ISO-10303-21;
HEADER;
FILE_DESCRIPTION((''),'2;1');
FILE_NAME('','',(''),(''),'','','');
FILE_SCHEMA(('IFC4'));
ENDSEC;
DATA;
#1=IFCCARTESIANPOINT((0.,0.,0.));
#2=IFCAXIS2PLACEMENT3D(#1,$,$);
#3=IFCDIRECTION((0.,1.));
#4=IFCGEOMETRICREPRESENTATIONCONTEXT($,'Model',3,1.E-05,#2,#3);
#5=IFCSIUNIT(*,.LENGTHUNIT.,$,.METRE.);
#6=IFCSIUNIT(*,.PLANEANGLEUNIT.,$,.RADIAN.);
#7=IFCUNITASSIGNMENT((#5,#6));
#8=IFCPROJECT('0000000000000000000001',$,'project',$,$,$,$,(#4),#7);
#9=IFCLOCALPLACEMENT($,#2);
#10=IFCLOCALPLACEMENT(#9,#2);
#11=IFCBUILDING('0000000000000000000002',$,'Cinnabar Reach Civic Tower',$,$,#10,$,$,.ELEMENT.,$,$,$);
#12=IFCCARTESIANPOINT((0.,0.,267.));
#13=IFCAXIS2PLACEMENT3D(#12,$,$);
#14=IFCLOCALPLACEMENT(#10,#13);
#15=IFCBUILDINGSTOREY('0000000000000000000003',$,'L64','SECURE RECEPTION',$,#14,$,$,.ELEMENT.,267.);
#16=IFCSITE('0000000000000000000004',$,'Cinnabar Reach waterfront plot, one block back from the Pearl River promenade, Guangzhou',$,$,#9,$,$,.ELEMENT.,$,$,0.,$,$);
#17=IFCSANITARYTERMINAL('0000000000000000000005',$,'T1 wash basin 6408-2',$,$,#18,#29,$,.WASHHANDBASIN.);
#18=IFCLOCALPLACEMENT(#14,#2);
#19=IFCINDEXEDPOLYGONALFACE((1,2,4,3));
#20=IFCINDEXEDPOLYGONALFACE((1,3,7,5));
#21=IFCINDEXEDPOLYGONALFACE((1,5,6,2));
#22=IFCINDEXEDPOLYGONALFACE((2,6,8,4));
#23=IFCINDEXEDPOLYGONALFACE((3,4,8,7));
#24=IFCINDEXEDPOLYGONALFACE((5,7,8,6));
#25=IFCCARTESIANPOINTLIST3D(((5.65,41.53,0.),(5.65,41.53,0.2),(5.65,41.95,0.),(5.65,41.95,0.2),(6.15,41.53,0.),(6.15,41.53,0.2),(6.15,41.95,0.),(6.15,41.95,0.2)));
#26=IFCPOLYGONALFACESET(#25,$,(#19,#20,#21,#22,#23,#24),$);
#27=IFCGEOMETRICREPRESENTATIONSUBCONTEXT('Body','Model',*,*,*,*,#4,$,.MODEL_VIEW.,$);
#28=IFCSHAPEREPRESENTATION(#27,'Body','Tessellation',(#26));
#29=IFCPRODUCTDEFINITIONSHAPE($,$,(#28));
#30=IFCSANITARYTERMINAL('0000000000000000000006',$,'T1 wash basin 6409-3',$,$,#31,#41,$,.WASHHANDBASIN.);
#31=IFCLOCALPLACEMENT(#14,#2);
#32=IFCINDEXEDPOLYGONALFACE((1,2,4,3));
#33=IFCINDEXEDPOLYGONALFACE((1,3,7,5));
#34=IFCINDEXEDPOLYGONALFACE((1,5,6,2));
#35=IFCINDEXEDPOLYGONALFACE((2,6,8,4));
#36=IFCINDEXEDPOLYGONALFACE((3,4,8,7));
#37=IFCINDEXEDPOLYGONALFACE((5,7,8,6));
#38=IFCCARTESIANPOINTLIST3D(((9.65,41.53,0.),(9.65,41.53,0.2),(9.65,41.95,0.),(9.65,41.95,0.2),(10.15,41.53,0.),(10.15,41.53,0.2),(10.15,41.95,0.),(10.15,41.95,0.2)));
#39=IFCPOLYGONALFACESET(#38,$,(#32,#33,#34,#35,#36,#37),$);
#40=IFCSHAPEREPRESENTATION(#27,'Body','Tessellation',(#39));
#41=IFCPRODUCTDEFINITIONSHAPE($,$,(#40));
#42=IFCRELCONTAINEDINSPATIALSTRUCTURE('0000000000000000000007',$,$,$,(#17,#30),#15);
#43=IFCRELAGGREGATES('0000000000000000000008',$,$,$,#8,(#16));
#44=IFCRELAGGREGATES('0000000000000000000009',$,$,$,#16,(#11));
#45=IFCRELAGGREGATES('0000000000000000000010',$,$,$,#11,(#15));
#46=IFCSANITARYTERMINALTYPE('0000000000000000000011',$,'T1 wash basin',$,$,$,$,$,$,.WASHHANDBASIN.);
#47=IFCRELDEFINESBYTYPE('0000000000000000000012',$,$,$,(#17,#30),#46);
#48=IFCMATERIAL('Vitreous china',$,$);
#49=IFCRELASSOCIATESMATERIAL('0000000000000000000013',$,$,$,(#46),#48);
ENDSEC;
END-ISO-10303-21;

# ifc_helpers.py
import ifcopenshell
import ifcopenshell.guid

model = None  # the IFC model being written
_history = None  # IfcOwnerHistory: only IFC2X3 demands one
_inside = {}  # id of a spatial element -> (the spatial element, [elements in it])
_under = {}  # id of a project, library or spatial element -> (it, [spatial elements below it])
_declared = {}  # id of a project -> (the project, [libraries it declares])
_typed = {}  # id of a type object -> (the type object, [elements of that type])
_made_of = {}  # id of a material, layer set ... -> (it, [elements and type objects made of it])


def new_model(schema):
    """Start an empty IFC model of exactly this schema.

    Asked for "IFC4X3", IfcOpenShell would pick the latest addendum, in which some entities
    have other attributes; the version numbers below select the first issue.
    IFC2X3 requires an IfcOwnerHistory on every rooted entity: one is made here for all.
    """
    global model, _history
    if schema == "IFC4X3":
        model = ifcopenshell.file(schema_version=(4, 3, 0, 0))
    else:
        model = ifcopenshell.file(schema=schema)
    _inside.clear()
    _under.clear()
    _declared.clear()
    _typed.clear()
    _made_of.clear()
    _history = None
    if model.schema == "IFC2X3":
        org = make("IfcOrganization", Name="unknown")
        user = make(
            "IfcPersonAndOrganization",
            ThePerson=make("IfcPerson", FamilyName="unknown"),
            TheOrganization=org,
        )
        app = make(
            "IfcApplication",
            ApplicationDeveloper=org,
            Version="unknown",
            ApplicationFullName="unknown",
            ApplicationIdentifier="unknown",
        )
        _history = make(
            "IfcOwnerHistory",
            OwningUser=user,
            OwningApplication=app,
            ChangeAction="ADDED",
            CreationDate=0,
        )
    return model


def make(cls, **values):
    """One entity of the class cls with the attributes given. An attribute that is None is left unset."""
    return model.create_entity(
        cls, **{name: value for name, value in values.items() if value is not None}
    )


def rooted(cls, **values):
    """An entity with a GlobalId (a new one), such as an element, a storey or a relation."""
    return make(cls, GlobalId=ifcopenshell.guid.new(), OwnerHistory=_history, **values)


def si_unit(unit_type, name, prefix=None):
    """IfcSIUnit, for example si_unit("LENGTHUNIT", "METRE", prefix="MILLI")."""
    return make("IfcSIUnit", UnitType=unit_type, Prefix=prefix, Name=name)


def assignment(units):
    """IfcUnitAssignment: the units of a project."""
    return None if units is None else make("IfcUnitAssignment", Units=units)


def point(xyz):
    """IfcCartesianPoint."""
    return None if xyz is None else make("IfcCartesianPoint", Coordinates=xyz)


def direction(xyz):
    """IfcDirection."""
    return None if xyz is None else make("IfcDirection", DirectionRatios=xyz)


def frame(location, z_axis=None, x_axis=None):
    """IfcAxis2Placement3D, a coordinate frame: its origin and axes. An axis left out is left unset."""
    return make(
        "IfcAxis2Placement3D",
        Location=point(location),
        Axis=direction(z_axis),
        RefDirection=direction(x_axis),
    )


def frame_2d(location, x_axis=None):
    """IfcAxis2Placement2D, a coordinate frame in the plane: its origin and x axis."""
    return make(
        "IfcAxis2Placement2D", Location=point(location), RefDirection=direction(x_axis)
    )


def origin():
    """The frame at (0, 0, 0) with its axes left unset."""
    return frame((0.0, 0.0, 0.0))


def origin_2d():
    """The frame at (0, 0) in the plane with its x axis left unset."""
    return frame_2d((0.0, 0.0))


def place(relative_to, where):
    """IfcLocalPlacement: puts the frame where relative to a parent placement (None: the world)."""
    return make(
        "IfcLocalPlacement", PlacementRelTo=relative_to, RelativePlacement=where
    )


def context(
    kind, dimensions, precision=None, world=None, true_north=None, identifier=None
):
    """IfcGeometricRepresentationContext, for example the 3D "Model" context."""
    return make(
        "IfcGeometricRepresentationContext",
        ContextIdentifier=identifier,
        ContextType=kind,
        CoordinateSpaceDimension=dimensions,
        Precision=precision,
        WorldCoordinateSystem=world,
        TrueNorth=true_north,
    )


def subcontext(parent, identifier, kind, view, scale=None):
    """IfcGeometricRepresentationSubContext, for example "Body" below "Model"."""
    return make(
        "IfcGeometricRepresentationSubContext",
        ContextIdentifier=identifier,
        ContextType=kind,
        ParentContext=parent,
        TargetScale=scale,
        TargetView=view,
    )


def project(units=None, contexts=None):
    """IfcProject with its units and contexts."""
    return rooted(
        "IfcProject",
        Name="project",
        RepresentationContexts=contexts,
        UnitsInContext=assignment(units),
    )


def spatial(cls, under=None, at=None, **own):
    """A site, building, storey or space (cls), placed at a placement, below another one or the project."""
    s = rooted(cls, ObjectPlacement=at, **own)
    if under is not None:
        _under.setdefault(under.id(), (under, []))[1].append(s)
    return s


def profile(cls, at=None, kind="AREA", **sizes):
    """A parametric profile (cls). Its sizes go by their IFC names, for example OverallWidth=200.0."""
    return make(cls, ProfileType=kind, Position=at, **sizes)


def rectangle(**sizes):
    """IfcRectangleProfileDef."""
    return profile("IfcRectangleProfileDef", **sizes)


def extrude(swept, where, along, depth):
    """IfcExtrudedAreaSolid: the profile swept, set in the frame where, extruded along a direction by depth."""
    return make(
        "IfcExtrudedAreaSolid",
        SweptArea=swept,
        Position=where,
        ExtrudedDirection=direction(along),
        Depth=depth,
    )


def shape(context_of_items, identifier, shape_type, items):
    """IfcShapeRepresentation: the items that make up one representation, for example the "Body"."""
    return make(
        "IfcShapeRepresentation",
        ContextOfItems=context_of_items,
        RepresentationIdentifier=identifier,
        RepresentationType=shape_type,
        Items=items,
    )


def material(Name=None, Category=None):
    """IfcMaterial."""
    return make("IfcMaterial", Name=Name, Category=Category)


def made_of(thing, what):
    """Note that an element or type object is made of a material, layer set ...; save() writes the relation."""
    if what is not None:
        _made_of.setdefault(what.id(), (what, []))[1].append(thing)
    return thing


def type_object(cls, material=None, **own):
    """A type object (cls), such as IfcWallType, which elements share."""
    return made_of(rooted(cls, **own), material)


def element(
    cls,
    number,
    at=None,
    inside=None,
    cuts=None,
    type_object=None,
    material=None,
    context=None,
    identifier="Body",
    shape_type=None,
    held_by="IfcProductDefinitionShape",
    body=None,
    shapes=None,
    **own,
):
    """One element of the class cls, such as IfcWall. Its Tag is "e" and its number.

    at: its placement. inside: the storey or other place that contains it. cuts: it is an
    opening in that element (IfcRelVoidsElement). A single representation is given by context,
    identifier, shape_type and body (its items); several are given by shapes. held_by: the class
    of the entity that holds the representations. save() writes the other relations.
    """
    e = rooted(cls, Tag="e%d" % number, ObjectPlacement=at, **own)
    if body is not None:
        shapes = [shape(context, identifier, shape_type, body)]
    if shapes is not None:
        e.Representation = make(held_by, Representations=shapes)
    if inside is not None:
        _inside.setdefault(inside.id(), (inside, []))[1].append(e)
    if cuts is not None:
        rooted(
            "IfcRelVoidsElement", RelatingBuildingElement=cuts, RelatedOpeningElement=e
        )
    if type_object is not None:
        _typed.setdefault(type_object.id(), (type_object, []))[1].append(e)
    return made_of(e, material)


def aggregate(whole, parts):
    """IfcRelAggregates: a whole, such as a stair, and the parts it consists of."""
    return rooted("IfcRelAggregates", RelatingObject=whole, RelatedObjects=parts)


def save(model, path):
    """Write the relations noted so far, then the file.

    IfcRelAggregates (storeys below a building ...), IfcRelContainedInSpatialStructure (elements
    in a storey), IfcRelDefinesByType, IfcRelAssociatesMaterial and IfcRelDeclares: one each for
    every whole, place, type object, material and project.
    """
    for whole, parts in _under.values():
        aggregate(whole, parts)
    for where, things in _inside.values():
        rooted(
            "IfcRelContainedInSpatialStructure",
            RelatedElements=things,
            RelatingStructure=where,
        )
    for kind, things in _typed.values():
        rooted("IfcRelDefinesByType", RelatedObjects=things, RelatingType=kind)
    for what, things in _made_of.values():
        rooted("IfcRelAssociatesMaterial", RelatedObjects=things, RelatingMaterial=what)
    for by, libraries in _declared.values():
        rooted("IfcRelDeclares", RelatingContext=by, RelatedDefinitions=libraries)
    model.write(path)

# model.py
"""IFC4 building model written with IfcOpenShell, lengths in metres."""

from ifc_helpers import new_model, si_unit, direction, frame, origin, origin_2d, place, context, subcontext, project, spatial, rectangle, extrude, material, type_object, element, save


model = new_model("IFC4")

# Units and contexts
model_context = context("Model", 3, precision=1e-05, world=origin(), true_north=direction((0.0, 1.0)))
body_context = subcontext(model_context, "Body", "Model", "MODEL_VIEW")
ifc_project = project(units=[si_unit("LENGTHUNIT", "METRE"), si_unit("PLANEANGLEUNIT", "RADIAN")], contexts=[model_context])

# Site, building, storey
site_placement = place(None, origin())
site = spatial("IfcSite", under=ifc_project, at=site_placement, Name="Cinnabar Reach waterfront plot, one block back from the Pearl River promenade, Guangzhou", CompositionType="ELEMENT", RefElevation=0.0)
building_placement = place(site_placement, origin())
building = spatial("IfcBuilding", under=site, at=building_placement, Name="Cinnabar Reach Civic Tower", CompositionType="ELEMENT")
storey_placement = place(building_placement, frame((0.0, 0.0, 267.0)))
storey = spatial("IfcBuildingStorey", under=building, at=storey_placement, Name="L64", Description="SECURE RECEPTION", CompositionType="ELEMENT", Elevation=267.0)

# Sanitary terminals
ifc_material_1 = material(Name="Vitreous china")
sanitary_terminal_type_1 = type_object("IfcSanitaryTerminalType", Name="T1 wash basin", PredefinedType="WASHHANDBASIN", material=ifc_material_1)
for number, where, z_axis, x_axis, name in (
    (1, (5.9, 41.74, 0.0), (0.0, 0.0, 1.0), (1.0, 0.0, 0.0), "T1 wash basin 6408-2"),
    (2, (9.9, 41.74, 0.0), (0.0, 0.0, 1.0), (1.0, 0.0, 0.0), "T1 wash basin 6409-3"),
):
    element("IfcSanitaryTerminal", number, at=place(storey_placement, frame(where, z_axis=z_axis, x_axis=x_axis)), inside=storey, type_object=sanitary_terminal_type_1, Name=name, PredefinedType="WASHHANDBASIN", context=body_context, shape_type="SweptSolid", body=[
        extrude(rectangle(XDim=0.5, YDim=0.42, at=origin_2d()), origin(), (0.0, 0.0, 1.0), 0.2),
    ])

save(model, "model.ifc")
